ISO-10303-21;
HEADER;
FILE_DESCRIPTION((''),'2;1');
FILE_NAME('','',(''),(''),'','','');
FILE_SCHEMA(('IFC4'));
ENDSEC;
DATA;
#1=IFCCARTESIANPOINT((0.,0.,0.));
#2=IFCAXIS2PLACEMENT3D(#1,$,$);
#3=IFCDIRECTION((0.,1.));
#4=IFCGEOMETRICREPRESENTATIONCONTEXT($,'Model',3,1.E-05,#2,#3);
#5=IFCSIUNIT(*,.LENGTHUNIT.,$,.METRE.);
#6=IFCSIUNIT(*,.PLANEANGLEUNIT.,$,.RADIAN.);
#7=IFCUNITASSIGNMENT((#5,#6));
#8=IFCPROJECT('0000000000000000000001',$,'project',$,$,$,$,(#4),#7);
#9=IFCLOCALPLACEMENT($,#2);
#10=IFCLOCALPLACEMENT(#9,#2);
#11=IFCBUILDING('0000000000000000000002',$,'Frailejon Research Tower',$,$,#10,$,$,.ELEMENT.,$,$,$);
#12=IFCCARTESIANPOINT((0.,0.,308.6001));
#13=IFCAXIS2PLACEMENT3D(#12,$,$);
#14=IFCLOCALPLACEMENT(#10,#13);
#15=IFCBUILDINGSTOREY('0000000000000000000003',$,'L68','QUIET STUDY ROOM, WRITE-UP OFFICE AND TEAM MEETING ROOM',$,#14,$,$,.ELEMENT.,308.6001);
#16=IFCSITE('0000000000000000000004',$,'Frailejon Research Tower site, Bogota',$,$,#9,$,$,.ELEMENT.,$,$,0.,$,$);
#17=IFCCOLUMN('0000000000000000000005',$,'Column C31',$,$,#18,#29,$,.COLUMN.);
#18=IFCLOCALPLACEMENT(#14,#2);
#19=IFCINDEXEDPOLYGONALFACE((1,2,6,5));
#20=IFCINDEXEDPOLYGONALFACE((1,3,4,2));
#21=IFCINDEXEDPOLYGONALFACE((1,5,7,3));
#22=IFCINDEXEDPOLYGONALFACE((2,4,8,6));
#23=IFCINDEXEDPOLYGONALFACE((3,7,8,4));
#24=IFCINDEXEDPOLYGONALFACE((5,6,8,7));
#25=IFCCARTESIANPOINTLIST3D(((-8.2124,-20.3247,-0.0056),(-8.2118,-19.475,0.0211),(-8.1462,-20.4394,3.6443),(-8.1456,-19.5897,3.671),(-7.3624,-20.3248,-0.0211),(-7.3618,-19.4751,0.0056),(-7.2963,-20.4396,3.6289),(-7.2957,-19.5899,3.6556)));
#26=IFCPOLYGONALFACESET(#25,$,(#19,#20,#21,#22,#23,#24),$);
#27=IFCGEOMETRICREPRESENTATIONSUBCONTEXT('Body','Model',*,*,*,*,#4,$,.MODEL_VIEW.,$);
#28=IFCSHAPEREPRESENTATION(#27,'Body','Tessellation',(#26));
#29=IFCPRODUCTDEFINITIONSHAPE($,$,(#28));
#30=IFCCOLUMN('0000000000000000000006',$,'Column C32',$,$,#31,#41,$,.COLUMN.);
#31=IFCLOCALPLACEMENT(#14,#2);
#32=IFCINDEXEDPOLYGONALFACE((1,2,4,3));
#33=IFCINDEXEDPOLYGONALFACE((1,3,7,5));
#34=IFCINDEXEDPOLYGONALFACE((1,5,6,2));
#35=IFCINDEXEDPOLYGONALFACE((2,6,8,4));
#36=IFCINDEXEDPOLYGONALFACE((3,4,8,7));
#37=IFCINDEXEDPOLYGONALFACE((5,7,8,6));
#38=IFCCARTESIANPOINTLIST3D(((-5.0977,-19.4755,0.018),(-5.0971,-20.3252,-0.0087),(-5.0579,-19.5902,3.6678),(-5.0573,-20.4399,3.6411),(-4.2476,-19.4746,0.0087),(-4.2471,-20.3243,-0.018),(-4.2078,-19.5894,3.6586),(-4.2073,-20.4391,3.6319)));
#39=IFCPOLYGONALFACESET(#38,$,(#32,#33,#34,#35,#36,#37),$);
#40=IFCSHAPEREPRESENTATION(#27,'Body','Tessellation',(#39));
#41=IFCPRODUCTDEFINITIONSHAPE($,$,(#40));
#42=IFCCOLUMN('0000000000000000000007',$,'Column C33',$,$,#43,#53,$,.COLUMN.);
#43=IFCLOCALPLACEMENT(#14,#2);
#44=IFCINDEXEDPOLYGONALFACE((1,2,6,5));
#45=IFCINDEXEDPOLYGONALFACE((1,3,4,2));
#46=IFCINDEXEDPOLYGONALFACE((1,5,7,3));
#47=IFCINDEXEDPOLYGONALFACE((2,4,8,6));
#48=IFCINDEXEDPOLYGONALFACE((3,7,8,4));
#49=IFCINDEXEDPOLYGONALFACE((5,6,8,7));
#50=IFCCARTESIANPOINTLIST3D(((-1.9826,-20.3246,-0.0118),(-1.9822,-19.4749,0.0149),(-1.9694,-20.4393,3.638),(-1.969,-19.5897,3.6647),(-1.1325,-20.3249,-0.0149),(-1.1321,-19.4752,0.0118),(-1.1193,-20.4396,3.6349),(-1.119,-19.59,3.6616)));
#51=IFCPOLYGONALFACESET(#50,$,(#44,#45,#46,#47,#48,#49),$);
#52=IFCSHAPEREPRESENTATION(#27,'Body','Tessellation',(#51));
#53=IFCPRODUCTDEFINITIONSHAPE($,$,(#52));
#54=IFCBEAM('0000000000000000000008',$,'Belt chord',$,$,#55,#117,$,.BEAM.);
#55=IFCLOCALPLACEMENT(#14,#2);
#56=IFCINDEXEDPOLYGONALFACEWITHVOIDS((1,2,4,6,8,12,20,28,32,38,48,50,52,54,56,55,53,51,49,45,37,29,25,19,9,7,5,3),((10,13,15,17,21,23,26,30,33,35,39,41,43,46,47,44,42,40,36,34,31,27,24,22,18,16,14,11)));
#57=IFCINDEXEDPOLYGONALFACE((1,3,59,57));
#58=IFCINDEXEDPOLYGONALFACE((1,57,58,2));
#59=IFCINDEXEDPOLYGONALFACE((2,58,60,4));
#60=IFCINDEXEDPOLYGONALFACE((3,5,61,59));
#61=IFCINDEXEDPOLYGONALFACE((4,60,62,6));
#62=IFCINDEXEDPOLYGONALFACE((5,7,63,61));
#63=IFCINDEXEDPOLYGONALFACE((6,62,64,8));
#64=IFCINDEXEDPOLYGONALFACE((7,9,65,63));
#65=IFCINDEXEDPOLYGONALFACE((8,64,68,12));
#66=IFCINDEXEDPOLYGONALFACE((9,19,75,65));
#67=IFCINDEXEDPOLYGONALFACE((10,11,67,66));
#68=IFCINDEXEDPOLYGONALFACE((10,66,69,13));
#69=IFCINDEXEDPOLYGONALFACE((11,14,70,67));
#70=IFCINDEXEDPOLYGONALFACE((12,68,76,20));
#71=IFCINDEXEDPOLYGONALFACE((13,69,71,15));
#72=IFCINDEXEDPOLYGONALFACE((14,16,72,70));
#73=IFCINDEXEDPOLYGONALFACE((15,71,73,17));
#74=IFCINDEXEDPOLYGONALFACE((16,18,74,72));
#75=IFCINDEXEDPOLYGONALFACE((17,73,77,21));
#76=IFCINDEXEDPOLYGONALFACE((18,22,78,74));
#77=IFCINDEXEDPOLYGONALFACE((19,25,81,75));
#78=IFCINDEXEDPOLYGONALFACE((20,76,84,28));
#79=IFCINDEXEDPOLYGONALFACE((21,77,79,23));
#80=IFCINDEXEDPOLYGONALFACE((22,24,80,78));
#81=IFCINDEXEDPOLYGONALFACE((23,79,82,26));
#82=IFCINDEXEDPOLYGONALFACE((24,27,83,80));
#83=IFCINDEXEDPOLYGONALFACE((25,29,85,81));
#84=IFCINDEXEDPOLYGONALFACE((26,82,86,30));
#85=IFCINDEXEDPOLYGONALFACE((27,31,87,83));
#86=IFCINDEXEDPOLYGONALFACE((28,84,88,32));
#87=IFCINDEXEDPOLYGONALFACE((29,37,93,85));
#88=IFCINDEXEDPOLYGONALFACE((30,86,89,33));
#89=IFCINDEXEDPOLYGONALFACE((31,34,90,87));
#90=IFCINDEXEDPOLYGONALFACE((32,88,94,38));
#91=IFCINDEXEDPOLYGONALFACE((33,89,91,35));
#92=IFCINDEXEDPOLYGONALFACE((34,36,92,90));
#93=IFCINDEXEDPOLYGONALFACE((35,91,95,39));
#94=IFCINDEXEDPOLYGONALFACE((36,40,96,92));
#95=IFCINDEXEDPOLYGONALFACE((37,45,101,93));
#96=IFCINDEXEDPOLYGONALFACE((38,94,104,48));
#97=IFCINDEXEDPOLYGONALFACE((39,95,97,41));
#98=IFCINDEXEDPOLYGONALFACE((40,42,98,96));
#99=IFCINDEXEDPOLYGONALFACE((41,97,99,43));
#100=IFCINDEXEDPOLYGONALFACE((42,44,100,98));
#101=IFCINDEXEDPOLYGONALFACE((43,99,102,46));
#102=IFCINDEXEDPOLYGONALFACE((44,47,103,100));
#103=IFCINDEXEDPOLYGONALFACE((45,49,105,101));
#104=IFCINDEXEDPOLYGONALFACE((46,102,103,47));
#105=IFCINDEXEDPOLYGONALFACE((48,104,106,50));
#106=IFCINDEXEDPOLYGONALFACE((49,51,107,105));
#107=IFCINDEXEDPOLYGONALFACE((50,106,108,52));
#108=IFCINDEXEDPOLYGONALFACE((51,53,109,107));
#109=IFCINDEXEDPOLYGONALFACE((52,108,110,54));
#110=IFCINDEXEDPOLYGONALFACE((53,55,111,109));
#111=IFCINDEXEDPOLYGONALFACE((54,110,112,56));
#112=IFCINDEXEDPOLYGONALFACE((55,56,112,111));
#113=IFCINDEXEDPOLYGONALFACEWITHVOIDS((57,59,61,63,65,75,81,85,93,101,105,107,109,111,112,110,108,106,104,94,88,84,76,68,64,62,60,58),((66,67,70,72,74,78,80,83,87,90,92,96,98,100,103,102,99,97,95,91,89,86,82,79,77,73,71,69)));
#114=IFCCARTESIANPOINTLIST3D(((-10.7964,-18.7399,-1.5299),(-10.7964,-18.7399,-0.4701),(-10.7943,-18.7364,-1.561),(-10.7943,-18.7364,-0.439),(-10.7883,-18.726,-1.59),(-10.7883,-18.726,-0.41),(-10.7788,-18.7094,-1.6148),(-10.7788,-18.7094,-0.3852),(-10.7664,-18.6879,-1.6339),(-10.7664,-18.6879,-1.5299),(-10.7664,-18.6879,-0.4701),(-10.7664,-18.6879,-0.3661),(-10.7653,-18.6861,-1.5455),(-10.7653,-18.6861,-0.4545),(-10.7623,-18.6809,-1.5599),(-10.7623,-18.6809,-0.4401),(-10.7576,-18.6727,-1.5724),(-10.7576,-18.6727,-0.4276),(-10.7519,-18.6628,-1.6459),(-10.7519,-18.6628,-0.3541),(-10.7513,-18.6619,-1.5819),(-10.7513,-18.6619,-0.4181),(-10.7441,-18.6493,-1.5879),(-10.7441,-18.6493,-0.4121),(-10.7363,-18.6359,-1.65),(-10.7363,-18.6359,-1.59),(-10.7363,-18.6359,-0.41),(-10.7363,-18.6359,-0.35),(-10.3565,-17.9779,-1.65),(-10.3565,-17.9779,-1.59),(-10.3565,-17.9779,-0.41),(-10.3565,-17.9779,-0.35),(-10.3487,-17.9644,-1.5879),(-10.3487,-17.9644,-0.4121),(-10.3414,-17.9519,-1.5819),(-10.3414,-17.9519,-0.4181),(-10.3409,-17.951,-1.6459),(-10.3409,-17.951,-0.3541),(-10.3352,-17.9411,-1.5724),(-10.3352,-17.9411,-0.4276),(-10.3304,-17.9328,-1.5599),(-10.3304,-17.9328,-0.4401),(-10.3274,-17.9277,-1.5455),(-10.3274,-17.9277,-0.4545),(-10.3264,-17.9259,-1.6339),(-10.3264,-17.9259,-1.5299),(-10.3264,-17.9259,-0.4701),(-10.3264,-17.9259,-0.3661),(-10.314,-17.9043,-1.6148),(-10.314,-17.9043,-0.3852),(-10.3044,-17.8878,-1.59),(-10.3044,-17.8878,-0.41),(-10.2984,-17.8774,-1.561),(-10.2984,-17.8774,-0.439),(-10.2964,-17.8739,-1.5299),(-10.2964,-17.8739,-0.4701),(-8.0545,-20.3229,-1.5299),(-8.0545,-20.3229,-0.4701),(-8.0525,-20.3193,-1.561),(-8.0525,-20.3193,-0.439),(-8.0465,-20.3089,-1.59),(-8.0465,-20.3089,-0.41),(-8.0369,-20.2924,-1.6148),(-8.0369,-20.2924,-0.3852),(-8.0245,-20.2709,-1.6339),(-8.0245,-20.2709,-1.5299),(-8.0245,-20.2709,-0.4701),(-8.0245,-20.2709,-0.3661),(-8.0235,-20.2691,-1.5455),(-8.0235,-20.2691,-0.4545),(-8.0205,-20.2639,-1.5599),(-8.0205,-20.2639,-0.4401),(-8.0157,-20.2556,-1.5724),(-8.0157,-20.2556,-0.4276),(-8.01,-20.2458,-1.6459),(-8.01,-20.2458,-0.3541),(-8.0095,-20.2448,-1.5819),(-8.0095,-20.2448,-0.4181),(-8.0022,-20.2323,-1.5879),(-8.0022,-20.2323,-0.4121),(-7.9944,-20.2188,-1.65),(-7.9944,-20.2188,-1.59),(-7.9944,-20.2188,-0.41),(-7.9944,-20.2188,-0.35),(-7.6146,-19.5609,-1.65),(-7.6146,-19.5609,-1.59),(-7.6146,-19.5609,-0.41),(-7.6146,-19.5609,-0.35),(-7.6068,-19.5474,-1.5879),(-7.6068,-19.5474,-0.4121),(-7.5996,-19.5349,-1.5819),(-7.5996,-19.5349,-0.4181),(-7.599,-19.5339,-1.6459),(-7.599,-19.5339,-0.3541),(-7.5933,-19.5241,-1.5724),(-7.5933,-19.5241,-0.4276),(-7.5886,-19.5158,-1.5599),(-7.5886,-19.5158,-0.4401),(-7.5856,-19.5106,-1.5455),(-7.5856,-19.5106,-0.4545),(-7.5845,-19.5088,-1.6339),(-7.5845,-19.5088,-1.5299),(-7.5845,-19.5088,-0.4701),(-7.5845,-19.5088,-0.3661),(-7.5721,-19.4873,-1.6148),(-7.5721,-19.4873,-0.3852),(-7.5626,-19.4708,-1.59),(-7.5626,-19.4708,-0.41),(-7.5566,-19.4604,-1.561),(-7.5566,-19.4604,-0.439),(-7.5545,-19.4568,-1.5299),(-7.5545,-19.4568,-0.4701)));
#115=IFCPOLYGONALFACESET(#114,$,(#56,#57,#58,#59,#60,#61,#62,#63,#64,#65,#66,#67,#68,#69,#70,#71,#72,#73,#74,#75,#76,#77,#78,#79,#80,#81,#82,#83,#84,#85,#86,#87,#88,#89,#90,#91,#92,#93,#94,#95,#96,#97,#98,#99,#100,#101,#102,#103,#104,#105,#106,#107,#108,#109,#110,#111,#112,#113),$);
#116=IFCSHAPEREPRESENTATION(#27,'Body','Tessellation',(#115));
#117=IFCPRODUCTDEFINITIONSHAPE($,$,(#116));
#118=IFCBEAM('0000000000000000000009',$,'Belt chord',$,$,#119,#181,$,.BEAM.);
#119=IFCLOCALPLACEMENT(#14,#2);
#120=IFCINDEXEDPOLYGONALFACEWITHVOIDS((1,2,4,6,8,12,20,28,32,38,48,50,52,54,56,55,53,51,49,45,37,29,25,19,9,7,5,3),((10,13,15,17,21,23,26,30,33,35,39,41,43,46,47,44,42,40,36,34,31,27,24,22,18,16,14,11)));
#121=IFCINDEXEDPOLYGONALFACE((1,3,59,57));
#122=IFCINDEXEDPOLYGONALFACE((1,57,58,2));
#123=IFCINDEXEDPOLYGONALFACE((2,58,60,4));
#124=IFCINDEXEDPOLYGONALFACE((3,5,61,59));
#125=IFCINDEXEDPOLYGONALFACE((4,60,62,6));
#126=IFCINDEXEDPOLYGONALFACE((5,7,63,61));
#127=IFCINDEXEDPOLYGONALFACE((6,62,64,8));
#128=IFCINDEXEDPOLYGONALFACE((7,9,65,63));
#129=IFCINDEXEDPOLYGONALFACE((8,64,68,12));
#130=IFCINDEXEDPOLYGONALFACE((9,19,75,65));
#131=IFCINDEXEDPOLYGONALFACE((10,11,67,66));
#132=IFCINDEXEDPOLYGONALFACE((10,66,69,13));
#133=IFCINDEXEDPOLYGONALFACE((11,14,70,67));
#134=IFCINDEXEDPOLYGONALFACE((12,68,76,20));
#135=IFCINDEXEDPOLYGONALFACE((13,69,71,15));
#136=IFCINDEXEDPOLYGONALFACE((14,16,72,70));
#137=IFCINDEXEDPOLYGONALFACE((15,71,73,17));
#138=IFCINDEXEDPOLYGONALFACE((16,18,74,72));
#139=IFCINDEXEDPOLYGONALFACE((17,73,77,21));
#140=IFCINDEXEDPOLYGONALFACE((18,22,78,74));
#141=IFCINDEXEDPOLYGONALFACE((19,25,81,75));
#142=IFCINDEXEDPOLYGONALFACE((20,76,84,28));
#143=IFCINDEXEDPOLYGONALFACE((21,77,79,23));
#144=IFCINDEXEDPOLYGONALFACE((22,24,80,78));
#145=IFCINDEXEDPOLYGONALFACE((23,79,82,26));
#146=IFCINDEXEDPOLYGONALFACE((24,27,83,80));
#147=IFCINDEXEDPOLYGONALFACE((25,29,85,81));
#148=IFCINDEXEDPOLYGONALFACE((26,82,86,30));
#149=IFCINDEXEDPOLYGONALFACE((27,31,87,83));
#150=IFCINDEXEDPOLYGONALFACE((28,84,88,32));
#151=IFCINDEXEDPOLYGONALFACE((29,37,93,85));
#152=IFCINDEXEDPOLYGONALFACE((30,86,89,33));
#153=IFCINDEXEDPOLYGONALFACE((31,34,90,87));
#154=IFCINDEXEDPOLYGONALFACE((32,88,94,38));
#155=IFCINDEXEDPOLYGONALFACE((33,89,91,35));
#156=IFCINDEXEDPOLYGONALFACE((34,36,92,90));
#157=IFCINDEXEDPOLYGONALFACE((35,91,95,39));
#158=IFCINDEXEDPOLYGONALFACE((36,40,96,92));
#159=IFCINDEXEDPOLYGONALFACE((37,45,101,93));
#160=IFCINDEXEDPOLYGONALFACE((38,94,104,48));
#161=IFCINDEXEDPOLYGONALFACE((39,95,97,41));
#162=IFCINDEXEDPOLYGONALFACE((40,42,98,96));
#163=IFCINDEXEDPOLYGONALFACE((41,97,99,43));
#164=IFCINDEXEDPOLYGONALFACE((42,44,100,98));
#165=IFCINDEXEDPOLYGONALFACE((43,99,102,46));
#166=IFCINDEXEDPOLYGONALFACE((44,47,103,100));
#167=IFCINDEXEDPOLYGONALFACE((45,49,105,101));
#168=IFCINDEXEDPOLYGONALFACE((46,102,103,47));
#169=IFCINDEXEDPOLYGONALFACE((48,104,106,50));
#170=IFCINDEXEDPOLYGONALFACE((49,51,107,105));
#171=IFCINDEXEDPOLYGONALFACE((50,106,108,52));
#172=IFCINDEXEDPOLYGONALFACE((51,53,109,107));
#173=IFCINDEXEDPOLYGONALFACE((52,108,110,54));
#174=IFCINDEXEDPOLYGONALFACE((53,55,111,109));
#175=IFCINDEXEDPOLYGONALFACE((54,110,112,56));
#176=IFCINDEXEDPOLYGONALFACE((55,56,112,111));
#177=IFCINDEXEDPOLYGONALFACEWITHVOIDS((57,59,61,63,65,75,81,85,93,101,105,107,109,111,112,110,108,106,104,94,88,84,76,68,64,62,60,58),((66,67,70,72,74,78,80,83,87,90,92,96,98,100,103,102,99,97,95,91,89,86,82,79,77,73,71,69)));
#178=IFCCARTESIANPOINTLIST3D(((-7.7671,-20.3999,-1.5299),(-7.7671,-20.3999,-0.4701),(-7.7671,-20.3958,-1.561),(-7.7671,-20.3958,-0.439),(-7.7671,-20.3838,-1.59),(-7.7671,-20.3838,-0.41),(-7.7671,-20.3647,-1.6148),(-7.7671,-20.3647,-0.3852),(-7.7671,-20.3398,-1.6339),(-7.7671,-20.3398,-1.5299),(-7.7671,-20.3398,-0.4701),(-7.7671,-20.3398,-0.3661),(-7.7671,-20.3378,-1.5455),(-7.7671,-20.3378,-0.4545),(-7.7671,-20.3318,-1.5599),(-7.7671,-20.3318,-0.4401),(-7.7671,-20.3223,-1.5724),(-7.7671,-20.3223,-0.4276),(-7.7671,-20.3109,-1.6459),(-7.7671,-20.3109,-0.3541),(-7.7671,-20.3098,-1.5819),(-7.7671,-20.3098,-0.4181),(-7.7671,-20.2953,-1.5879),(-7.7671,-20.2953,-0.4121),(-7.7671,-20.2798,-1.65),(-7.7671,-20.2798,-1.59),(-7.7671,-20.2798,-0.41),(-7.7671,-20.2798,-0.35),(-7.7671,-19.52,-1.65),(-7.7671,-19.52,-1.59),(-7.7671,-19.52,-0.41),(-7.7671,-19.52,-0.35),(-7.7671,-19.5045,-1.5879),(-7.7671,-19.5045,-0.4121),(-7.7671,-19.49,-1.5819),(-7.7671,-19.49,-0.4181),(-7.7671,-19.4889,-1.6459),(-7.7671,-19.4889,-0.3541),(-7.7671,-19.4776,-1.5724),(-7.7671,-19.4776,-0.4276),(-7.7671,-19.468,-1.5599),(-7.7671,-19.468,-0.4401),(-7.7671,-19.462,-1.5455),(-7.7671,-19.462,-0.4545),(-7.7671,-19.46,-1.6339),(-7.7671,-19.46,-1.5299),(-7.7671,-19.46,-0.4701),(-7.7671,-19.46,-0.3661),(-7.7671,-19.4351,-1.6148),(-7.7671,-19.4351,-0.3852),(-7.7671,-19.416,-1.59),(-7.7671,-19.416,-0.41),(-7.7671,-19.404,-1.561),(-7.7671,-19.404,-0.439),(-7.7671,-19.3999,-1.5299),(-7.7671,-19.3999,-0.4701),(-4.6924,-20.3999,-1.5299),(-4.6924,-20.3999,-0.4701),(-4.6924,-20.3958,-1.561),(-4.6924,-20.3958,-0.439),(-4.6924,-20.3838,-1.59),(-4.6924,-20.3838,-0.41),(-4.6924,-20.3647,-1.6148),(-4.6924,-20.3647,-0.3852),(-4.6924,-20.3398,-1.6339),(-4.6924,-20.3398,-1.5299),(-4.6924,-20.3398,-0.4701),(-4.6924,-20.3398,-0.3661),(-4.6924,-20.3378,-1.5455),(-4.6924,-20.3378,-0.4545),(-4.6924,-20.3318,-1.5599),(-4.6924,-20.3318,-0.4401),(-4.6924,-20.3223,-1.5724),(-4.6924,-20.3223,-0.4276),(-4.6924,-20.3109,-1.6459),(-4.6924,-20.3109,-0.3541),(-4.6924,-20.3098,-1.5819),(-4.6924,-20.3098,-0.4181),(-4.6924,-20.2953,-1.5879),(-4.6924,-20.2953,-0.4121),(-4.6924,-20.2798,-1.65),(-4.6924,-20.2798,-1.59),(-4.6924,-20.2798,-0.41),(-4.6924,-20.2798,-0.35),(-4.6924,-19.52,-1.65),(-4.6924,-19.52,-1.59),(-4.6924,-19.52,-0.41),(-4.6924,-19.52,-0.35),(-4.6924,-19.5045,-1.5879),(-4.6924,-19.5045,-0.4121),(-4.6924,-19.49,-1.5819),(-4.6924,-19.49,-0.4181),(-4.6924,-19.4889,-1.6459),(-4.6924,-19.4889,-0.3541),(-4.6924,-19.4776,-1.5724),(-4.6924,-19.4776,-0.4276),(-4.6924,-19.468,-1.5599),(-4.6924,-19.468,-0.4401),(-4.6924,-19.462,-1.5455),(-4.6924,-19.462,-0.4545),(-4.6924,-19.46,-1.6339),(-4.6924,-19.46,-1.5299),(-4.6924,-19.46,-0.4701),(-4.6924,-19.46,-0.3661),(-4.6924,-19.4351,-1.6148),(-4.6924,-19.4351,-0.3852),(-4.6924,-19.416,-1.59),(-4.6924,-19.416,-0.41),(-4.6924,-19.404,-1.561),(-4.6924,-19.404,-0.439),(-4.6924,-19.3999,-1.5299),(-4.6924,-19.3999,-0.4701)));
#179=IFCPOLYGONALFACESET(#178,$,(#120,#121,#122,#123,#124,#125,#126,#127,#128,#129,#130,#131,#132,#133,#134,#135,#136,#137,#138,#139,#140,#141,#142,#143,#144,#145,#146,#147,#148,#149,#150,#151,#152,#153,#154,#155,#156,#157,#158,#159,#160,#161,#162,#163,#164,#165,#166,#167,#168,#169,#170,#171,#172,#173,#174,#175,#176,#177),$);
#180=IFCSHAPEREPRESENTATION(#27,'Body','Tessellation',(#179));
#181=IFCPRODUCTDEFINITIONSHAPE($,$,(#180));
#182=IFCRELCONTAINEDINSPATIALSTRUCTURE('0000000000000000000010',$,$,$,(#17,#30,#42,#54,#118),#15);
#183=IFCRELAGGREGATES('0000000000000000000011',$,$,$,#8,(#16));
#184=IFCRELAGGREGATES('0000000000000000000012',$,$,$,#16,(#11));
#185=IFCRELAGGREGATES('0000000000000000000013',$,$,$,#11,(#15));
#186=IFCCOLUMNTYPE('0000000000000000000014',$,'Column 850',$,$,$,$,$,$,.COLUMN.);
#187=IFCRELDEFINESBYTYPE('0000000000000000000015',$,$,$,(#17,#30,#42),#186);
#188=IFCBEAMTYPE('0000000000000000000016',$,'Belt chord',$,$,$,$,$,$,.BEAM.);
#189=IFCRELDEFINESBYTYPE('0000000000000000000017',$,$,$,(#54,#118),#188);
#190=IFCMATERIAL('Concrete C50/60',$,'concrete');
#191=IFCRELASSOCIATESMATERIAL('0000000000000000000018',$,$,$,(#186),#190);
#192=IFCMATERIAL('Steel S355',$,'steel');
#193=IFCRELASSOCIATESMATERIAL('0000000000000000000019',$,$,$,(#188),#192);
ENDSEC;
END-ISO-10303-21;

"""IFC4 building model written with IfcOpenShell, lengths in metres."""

from ifc_helpers import new_model, si_unit, direction, frame, origin, origin_2d, place, context, subcontext, project, spatial, rectangle, hollow_rectangle, extrude, material, material_profile, profile_set, type_object, element, save


model = new_model("IFC4")

# Units and contexts
model_context = context("Model", 3, precision=1e-05, world=origin(), true_north=direction((0.0, 1.0)))
body_context = subcontext(model_context, "Body", "Model", "MODEL_VIEW")
ifc_project = project(units=[si_unit("LENGTHUNIT", "METRE"), si_unit("PLANEANGLEUNIT", "RADIAN")], contexts=[model_context])

# Site, building, storey
site_placement = place(None, origin())
site = spatial("IfcSite", under=ifc_project, at=site_placement, Name="Frailejon Research Tower site, Bogota", CompositionType="ELEMENT", RefElevation=0.0)
building_placement = place(site_placement, origin())
building = spatial("IfcBuilding", under=site, at=building_placement, Name="Frailejon Research Tower", CompositionType="ELEMENT")
storey_placement = place(building_placement, frame((0.0, 0.0, 308.6001)))
storey = spatial("IfcBuildingStorey", under=building, at=storey_placement, Name="L68", Description="QUIET STUDY ROOM, WRITE-UP OFFICE AND TEAM MEETING ROOM", CompositionType="ELEMENT", Elevation=308.6001)

# Columns
ifc_material_1 = material(Name="Concrete C50/60", Category="concrete")
ifc_material_profile_1 = material_profile(ifc_material_1, rectangle(XDim=0.8501, YDim=0.8501, at=origin_2d()), Name="Column 850")
ifc_profile_set_1 = profile_set([ifc_material_profile_1], Name="Concrete C50/60")
column_type = type_object("IfcColumnType", Name="Column 850", PredefinedType="COLUMN", material=ifc_profile_set_1)
column_1_placement = place(storey_placement, frame((-7.7871, -19.8999, 0.0), z_axis=(0.018115, -0.031417, 0.999342), x_axis=(0.999836, -0.000157, -0.018129)))
element("IfcColumn", 1, at=column_1_placement, inside=storey, type_object=column_type, Name="Column C31", PredefinedType="COLUMN", context=body_context, shape_type="SweptSolid", body=[
    extrude(rectangle(XDim=0.8501, YDim=0.8501, at=origin_2d()), origin(), (0.0, 0.0, 1.0), 3.6523),
])
column_2_placement = place(storey_placement, frame((-4.6724, -19.8999, 0.0), z_axis=(0.010897, -0.031421, 0.999447), x_axis=(0.99994, 0.001008, -0.010871)))
element("IfcColumn", 2, at=column_2_placement, inside=storey, type_object=column_type, Name="Column C32", PredefinedType="COLUMN", context=body_context, shape_type="SweptSolid", body=[
    extrude(rectangle(XDim=0.8501, YDim=0.8501, at=origin_2d()), origin(), (0.0, 0.0, 1.0), 3.6519),
])
column_3_placement = place(storey_placement, frame((-1.5574, -19.8999, 0.0), z_axis=(0.00361, -0.031422, 0.9995), x_axis=(0.999993, -0.000341, -0.003623)))
element("IfcColumn", 3, at=column_3_placement, inside=storey, type_object=column_type, Name="Column C33", PredefinedType="COLUMN", context=body_context, shape_type="SweptSolid", body=[
    extrude(rectangle(XDim=0.8501, YDim=0.8501, at=origin_2d()), origin(), (0.0, 0.0, 1.0), 3.6516),
])

# Beams
ifc_material_2 = material(Name="Steel S355", Category="steel")
ifc_material_profile_2 = material_profile(ifc_material_2, hollow_rectangle(XDim=1.0, YDim=1.3, WallThickness=0.0601, InnerFilletRadius=0.0601, OuterFilletRadius=0.1201, at=origin_2d()), Name="Belt chord")
ifc_profile_set_2 = profile_set([ifc_material_profile_2], Name="Steel S355")
beam_type_1 = type_object("IfcBeamType", Name="Belt chord", PredefinedType="BEAM", material=ifc_profile_set_2)
beam_1_placement = place(storey_placement, frame((-10.5464, -18.3069, -1.0), z_axis=(0.866033, -0.499987, 0.0), x_axis=(0.499987, 0.866033, 0.0)))
element("IfcBeam", 4, at=beam_1_placement, inside=storey, type_object=beam_type_1, Name="Belt chord", PredefinedType="BEAM", context=body_context, shape_type="SweptSolid", body=[
    extrude(hollow_rectangle(XDim=1.0, YDim=1.3, WallThickness=0.0601, InnerFilletRadius=0.0601, OuterFilletRadius=0.1201, at=origin_2d()), origin(), (0.0, 0.0, 1.0), 3.166),
])
beam_2_placement = place(storey_placement, frame((-7.7671, -19.8999, -1.0), z_axis=(1.0, 0.0, 0.0), x_axis=(0.0, 1.0, 0.0)))
element("IfcBeam", 5, at=beam_2_placement, inside=storey, type_object=beam_type_1, Name="Belt chord", PredefinedType="BEAM", context=body_context, shape_type="SweptSolid", body=[
    extrude(hollow_rectangle(XDim=1.0, YDim=1.3, WallThickness=0.0601, InnerFilletRadius=0.0601, OuterFilletRadius=0.1201, at=origin_2d()), origin(), (0.0, 0.0, 1.0), 3.0747),
])

save(model, "model.ifc")
